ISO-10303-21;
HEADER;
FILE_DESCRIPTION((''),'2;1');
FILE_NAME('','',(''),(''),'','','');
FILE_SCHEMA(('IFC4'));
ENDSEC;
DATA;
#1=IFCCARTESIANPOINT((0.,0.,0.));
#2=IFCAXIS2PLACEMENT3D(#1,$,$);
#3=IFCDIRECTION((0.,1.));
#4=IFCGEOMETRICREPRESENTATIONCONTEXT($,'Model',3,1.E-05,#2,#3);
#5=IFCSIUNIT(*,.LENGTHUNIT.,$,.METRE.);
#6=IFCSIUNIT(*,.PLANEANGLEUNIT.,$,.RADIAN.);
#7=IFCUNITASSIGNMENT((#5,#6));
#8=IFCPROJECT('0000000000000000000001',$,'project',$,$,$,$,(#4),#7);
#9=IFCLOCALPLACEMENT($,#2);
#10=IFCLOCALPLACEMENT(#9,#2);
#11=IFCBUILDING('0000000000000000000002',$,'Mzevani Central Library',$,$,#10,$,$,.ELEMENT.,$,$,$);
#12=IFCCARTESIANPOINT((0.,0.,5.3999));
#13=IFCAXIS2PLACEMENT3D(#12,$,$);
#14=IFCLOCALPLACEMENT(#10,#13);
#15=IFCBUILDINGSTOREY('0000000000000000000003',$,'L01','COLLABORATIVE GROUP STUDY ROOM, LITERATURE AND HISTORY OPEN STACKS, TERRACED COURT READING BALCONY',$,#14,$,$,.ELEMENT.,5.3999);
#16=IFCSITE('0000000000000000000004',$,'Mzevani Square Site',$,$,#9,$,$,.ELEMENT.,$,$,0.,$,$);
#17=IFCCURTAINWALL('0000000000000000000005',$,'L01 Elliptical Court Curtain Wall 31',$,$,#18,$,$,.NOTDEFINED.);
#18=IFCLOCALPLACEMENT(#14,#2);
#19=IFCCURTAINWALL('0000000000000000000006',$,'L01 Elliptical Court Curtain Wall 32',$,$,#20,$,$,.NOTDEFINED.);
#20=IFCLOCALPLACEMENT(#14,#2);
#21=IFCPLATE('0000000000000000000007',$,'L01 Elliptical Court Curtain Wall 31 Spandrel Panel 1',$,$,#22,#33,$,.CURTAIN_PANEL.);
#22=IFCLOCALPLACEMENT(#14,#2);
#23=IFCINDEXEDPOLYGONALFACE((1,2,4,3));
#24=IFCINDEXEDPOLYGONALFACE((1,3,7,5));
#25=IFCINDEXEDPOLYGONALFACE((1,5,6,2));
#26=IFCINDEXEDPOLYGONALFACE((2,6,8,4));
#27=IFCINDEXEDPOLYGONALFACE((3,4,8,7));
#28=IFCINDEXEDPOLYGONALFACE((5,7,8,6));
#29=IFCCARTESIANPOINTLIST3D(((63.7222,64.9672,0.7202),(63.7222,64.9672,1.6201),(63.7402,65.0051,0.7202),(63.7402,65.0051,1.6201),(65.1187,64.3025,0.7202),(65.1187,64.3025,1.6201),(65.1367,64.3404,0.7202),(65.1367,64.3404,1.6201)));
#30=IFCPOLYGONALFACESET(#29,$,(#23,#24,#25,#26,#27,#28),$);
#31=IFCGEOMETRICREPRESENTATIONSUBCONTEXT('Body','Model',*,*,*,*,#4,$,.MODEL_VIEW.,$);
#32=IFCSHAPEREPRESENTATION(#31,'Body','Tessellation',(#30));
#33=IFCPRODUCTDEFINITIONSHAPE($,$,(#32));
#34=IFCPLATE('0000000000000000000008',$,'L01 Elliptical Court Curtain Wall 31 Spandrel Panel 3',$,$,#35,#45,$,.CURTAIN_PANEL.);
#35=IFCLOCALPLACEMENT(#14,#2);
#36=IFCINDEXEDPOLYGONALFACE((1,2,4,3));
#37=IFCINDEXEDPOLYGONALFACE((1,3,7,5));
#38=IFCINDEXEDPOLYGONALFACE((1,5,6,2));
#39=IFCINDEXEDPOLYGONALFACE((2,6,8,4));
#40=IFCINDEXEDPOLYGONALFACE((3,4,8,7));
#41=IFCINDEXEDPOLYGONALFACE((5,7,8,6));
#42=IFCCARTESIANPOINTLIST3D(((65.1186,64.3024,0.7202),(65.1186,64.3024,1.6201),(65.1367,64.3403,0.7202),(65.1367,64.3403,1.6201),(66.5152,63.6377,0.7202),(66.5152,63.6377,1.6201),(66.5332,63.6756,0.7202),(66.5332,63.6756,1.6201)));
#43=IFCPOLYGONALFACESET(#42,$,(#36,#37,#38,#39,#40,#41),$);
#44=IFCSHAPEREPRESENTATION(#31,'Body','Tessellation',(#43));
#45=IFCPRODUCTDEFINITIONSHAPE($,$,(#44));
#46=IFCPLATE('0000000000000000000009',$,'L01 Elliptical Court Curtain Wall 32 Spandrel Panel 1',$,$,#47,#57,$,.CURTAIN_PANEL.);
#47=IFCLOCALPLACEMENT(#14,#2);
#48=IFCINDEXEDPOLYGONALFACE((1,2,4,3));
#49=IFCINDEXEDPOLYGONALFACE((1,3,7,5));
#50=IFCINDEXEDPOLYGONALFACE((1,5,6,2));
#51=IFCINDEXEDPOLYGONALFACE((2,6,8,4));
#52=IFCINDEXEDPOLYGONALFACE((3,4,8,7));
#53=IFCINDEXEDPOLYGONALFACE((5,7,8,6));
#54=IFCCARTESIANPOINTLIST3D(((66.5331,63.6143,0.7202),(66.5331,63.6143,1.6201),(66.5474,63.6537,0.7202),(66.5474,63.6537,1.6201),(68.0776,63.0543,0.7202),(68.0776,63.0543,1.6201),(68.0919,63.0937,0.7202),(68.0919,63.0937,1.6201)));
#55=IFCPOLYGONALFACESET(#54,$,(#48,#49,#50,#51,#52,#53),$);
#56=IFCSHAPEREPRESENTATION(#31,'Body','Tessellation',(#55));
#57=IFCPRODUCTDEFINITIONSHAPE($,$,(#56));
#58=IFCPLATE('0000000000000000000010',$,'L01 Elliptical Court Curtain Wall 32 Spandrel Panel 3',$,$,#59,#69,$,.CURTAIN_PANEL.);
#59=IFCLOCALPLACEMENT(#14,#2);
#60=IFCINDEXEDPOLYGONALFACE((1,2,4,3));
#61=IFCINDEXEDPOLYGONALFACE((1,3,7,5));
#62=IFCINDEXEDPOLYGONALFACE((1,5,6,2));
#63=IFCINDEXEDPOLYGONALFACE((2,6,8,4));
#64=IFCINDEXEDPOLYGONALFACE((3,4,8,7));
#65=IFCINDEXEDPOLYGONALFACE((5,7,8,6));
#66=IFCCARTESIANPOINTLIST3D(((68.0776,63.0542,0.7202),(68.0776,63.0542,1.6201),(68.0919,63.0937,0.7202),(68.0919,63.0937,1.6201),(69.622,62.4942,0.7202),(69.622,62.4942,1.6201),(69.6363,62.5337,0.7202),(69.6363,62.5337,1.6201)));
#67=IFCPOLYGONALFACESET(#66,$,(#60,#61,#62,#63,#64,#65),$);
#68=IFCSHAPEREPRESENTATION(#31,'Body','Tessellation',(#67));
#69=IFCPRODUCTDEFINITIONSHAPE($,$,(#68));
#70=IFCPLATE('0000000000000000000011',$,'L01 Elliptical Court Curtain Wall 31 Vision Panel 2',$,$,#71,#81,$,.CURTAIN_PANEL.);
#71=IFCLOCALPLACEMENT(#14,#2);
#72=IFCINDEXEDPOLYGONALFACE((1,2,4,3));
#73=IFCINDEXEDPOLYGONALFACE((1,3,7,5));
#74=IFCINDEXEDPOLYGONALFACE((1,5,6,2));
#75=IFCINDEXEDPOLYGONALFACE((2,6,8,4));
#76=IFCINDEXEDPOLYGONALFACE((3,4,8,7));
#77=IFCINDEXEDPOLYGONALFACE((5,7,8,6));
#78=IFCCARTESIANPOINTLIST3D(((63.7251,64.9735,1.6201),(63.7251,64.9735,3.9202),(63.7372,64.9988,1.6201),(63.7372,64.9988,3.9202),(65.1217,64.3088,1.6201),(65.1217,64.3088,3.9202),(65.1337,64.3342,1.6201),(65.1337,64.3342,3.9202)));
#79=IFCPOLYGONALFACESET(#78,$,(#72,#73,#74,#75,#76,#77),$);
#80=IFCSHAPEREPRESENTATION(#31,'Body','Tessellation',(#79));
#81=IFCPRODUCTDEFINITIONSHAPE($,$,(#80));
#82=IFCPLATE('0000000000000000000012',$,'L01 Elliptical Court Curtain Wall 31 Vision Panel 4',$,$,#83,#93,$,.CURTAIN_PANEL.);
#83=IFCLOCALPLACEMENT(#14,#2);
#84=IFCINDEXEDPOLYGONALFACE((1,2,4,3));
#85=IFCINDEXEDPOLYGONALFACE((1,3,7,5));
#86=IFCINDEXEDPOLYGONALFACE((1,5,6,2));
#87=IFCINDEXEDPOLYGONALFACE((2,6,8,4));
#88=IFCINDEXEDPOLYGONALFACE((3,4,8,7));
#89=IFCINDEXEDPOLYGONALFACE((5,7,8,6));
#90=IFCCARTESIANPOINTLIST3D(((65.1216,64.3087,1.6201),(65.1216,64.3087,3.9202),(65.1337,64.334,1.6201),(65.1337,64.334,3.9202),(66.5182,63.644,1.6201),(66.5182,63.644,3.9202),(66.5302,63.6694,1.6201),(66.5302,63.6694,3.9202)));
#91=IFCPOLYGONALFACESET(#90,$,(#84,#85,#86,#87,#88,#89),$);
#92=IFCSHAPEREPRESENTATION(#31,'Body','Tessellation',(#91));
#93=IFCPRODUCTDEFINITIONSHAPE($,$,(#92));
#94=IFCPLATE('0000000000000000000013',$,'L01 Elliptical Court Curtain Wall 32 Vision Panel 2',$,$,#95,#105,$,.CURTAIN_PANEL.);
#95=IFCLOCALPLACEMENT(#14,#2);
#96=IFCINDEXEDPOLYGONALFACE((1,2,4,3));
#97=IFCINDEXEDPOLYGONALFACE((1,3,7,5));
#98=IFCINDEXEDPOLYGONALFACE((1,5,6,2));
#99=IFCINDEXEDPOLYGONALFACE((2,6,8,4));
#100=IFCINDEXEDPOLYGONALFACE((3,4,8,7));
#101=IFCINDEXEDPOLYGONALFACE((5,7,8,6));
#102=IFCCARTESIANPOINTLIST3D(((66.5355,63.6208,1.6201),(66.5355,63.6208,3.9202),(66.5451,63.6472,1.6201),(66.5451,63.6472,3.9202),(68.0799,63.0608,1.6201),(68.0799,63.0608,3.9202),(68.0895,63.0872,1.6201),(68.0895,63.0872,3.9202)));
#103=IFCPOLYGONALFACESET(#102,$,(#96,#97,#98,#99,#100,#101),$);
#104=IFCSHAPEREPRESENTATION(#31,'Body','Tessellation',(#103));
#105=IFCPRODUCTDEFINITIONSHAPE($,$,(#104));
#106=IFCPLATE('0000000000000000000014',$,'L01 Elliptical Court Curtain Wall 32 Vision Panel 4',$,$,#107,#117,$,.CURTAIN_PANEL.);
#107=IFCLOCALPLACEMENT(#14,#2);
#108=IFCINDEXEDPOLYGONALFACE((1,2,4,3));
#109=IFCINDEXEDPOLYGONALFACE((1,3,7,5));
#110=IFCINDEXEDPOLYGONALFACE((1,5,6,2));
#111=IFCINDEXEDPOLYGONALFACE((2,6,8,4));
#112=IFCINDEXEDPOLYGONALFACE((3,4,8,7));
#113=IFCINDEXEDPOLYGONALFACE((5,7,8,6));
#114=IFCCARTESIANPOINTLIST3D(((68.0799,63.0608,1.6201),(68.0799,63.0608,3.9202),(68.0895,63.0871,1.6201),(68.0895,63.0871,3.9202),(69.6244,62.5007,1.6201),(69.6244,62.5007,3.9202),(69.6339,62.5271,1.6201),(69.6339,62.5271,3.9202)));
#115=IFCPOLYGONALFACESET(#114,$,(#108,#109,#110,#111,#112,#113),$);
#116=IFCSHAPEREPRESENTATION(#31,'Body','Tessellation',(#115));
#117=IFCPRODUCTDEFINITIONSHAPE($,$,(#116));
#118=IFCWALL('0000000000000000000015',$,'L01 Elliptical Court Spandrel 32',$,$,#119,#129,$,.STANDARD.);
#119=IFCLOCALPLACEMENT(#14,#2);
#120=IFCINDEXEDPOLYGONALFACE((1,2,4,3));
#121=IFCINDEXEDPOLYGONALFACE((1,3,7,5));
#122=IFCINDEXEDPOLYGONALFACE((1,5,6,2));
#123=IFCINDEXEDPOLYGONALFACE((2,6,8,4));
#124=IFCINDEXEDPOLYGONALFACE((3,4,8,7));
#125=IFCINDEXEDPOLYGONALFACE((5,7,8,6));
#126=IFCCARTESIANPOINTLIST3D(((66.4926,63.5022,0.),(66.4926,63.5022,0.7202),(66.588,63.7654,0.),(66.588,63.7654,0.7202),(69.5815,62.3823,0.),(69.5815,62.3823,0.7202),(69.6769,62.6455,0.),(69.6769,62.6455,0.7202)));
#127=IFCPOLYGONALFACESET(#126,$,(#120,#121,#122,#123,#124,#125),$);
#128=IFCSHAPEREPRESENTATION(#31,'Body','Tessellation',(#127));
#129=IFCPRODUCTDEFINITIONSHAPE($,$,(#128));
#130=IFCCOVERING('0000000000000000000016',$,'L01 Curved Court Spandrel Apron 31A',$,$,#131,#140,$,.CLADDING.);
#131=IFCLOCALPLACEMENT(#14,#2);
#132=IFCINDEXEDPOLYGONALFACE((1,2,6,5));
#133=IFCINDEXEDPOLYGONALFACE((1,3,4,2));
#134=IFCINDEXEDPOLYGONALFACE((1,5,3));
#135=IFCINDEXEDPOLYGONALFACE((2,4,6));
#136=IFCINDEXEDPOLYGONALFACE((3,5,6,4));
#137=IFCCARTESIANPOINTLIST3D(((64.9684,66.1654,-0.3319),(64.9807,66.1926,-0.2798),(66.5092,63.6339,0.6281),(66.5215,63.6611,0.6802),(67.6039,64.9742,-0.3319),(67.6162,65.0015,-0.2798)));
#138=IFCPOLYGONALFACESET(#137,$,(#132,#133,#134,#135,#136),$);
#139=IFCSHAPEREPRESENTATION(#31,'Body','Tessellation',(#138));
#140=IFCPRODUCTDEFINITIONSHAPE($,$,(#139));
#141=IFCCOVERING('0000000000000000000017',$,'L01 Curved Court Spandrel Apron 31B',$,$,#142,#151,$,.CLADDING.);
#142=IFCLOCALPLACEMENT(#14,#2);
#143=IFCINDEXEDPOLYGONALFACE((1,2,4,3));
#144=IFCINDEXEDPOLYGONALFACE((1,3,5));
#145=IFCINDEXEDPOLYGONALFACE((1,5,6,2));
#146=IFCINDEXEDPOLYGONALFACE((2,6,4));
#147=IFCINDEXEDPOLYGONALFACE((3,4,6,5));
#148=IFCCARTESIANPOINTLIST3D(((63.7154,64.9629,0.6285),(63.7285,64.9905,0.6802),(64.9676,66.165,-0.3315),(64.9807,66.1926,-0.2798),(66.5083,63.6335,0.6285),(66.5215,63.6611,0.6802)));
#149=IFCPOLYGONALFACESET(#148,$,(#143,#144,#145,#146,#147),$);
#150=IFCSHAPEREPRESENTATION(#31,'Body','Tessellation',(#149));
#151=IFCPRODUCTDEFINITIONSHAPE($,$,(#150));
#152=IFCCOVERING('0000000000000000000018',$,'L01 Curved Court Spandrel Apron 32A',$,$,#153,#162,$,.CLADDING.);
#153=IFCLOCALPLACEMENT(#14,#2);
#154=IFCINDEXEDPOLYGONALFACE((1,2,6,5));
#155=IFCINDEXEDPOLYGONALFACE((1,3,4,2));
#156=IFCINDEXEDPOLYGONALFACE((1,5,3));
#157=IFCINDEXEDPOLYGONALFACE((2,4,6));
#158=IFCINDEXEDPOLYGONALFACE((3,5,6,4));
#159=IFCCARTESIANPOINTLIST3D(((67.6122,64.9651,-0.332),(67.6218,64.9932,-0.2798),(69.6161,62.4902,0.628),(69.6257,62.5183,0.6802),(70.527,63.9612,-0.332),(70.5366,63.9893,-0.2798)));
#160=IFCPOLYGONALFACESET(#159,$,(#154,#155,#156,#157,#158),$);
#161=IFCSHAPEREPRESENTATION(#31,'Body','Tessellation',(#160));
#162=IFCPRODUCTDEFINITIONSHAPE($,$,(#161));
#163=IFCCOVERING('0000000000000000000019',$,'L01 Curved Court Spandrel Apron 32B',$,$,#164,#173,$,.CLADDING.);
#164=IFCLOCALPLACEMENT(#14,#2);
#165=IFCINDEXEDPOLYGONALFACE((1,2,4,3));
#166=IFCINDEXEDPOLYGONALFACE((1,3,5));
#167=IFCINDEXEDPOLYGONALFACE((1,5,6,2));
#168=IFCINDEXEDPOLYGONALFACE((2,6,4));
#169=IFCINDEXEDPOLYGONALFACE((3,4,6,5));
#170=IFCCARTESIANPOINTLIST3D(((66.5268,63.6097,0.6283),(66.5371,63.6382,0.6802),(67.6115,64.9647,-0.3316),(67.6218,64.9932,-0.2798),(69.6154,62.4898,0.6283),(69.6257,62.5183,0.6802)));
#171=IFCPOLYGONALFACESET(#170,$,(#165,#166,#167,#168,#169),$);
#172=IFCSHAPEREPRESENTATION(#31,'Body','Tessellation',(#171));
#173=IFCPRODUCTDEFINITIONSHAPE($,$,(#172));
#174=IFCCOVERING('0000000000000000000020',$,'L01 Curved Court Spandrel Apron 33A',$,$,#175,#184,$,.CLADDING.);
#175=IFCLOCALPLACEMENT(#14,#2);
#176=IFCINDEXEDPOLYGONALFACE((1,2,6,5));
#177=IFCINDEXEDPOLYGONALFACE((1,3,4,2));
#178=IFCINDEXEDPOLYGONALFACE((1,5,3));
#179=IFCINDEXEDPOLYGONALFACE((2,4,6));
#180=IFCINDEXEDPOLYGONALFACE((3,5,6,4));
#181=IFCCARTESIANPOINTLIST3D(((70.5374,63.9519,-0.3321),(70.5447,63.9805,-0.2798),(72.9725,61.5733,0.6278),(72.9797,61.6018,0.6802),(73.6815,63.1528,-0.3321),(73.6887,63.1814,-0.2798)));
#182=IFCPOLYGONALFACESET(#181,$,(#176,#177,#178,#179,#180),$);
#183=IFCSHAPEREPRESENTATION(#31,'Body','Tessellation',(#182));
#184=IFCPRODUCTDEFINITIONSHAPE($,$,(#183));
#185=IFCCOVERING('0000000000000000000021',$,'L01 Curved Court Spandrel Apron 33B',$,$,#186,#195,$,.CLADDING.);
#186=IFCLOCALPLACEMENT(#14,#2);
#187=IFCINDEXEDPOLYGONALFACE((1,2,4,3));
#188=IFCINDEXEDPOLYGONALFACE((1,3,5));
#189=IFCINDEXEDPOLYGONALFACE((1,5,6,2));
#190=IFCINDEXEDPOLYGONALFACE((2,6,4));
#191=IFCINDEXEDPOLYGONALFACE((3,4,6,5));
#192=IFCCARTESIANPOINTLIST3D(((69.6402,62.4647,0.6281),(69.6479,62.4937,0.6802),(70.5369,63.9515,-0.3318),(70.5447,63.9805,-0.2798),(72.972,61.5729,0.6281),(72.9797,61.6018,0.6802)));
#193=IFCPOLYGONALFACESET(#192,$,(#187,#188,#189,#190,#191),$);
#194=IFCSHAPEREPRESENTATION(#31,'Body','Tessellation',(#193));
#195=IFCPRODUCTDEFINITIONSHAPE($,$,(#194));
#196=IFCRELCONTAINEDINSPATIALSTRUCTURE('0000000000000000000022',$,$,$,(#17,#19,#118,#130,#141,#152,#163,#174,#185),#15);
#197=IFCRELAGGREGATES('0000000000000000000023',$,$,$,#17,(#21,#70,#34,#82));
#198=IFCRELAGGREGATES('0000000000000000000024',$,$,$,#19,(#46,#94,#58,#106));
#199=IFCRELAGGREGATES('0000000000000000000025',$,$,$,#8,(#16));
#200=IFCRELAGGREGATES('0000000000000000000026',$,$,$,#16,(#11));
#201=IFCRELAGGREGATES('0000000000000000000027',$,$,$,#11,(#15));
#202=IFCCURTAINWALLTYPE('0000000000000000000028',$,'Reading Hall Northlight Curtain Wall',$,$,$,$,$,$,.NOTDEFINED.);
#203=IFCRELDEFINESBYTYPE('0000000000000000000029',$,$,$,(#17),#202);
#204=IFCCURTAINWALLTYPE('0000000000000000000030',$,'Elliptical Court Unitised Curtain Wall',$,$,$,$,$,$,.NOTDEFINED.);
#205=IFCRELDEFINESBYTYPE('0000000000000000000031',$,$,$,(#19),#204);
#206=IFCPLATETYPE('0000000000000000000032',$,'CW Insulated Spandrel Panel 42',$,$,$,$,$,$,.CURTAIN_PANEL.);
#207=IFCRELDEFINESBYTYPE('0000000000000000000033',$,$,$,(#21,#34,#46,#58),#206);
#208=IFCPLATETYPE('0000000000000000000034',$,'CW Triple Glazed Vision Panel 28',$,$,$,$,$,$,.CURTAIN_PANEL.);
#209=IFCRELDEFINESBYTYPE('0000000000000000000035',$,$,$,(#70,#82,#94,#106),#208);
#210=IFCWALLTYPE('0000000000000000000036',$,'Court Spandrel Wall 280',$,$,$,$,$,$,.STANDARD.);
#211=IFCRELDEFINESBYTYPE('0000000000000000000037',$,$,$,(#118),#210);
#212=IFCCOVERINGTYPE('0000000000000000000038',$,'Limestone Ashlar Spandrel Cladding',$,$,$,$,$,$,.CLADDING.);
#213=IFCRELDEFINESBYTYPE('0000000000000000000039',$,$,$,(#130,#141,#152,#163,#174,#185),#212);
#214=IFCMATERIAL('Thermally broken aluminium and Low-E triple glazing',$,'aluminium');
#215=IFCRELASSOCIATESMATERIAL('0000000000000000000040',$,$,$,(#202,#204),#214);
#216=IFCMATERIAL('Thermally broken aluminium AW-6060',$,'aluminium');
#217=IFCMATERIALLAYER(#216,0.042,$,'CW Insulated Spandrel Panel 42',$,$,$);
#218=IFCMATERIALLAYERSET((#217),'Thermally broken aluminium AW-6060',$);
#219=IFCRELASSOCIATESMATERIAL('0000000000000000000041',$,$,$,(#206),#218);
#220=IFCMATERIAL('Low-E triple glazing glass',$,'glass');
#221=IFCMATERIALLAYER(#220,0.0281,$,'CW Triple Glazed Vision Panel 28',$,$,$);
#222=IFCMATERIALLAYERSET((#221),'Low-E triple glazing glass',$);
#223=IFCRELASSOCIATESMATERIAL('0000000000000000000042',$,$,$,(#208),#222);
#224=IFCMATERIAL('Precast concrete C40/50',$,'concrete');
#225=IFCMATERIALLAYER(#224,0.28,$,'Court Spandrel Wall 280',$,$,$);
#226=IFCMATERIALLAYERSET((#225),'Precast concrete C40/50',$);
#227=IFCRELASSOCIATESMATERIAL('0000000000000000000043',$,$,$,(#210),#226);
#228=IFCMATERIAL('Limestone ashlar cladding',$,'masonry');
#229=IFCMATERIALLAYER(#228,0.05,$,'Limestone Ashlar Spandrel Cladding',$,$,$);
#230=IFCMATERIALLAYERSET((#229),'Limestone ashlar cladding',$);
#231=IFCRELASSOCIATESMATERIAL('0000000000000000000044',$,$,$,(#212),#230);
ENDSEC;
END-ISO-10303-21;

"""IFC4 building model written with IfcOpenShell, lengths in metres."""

from ifc_helpers import new_model, si_unit, direction, frame, frame_2d, origin, origin_2d, place, context, subcontext, project, spatial, polyline, rectangle, outline, extrude, material, layer, layer_set, type_object, element, aggregate, save


model = new_model("IFC4")

# Units and contexts
model_context = context("Model", 3, precision=1e-05, world=origin(), true_north=direction((0.0, 1.0)))
body_context = subcontext(model_context, "Body", "Model", "MODEL_VIEW")
ifc_project = project(units=[si_unit("LENGTHUNIT", "METRE"), si_unit("PLANEANGLEUNIT", "RADIAN")], contexts=[model_context])

# Site, building, storey
site_placement = place(None, origin())
site = spatial("IfcSite", under=ifc_project, at=site_placement, Name="Mzevani Square Site", CompositionType="ELEMENT", RefElevation=0.0)
building_placement = place(site_placement, origin())
building = spatial("IfcBuilding", under=site, at=building_placement, Name="Mzevani Central Library", CompositionType="ELEMENT")
storey_placement = place(building_placement, frame((0.0, 0.0, 5.3999)))
storey = spatial("IfcBuildingStorey", under=building, at=storey_placement, Name="L01", Description="COLLABORATIVE GROUP STUDY ROOM, LITERATURE AND HISTORY OPEN STACKS, TERRACED COURT READING BALCONY", CompositionType="ELEMENT", Elevation=5.3999)

# Curtain walls
ifc_material_1 = material(Name="Thermally broken aluminium and Low-E triple glazing", Category="aluminium")
curtain_wall_type_1 = type_object("IfcCurtainWallType", Name="Reading Hall Northlight Curtain Wall", PredefinedType="NOTDEFINED", material=ifc_material_1)
curtain_wall_1_placement = place(storey_placement, origin())
curtain_wall_1 = element("IfcCurtainWall", 1, at=curtain_wall_1_placement, inside=storey, type_object=curtain_wall_type_1, Name="L01 Elliptical Court Curtain Wall 31", PredefinedType="NOTDEFINED")
ifc_material_2 = material(Name="Thermally broken aluminium AW-6060", Category="aluminium")
curtain_wall_type_2 = type_object("IfcCurtainWallType", Name="Elliptical Court Unitised Curtain Wall", PredefinedType="NOTDEFINED", material=ifc_material_1)
curtain_wall_2_placement = place(storey_placement, origin())
curtain_wall_2 = element("IfcCurtainWall", 2, at=curtain_wall_2_placement, inside=storey, type_object=curtain_wall_type_2, Name="L01 Elliptical Court Curtain Wall 32", PredefinedType="NOTDEFINED")

# Plates
ifc_layer_1 = layer(ifc_material_2, 0.042, Name="CW Insulated Spandrel Panel 42")
ifc_layer_set_1 = layer_set([ifc_layer_1], Name="Thermally broken aluminium AW-6060")
plate_type_1 = type_object("IfcPlateType", Name="CW Insulated Spandrel Panel 42", PredefinedType="CURTAIN_PANEL", material=ifc_layer_set_1)
plate_1_placement = place(storey_placement, frame((64.4294, 64.6538, 0.7202), z_axis=(0.0, 0.0, 1.0), x_axis=(0.902949, -0.429748, 0.0)))
plate_1 = element("IfcPlate", 3, at=plate_1_placement, type_object=plate_type_1, Name="L01 Elliptical Court Curtain Wall 31 Spandrel Panel 1", PredefinedType="CURTAIN_PANEL", context=body_context, shape_type="SweptSolid", body=[
    extrude(rectangle(XDim=1.5466, YDim=0.042, at=origin_2d()), origin(), (0.0, 0.0, 1.0), 0.8999),
])
plate_2_placement = place(storey_placement, frame((65.8259, 63.989, 0.7202), z_axis=(0.0, 0.0, 1.0), x_axis=(0.902949, -0.429748, 0.0)))
plate_2 = element("IfcPlate", 4, at=plate_2_placement, type_object=plate_type_1, Name="L01 Elliptical Court Curtain Wall 31 Spandrel Panel 3", PredefinedType="CURTAIN_PANEL", context=body_context, shape_type="SweptSolid", body=[
    extrude(rectangle(XDim=1.5466, YDim=0.042, at=origin_2d()), origin(), (0.0, 0.0, 1.0), 0.8999),
])
plate_3_placement = place(storey_placement, frame((67.3125, 63.354, 0.7202), z_axis=(0.0, 0.0, 1.0), x_axis=(0.940106, -0.340883, 0.0)))
plate_3 = element("IfcPlate", 5, at=plate_3_placement, type_object=plate_type_1, Name="L01 Elliptical Court Curtain Wall 32 Spandrel Panel 1", PredefinedType="CURTAIN_PANEL", context=body_context, shape_type="SweptSolid", body=[
    extrude(rectangle(XDim=1.6428, YDim=0.042, at=origin_2d()), origin(), (0.0, 0.0, 1.0), 0.8999),
])
plate_4_placement = place(storey_placement, frame((68.8569, 62.7939, 0.7202), z_axis=(0.0, 0.0, 1.0), x_axis=(0.940106, -0.340883, 0.0)))
plate_4 = element("IfcPlate", 6, at=plate_4_placement, type_object=plate_type_1, Name="L01 Elliptical Court Curtain Wall 32 Spandrel Panel 3", PredefinedType="CURTAIN_PANEL", context=body_context, shape_type="SweptSolid", body=[
    extrude(rectangle(XDim=1.6428, YDim=0.042, at=origin_2d()), origin(), (0.0, 0.0, 1.0), 0.8999),
])
ifc_material_3 = material(Name="Low-E triple glazing glass", Category="glass")
ifc_layer_2 = layer(ifc_material_3, 0.0281, Name="CW Triple Glazed Vision Panel 28")
ifc_layer_set_2 = layer_set([ifc_layer_2], Name="Low-E triple glazing glass")
plate_type_2 = type_object("IfcPlateType", Name="CW Triple Glazed Vision Panel 28", PredefinedType="CURTAIN_PANEL", material=ifc_layer_set_2)
plate_5_placement = place(storey_placement, frame((64.4294, 64.6538, 1.6201), z_axis=(0.0, 0.0, 1.0), x_axis=(0.902949, -0.429748, 0.0)))
plate_5 = element("IfcPlate", 7, at=plate_5_placement, type_object=plate_type_2, Name="L01 Elliptical Court Curtain Wall 31 Vision Panel 2", PredefinedType="CURTAIN_PANEL", context=body_context, shape_type="SweptSolid", body=[
    extrude(rectangle(XDim=1.5466, YDim=0.0281, at=origin_2d()), origin(), (0.0, 0.0, 1.0), 2.3),
])
plate_6_placement = place(storey_placement, frame((65.8259, 63.989, 1.6201), z_axis=(0.0, 0.0, 1.0), x_axis=(0.902949, -0.429748, 0.0)))
plate_6 = element("IfcPlate", 8, at=plate_6_placement, type_object=plate_type_2, Name="L01 Elliptical Court Curtain Wall 31 Vision Panel 4", PredefinedType="CURTAIN_PANEL", context=body_context, shape_type="SweptSolid", body=[
    extrude(rectangle(XDim=1.5466, YDim=0.0281, at=origin_2d()), origin(), (0.0, 0.0, 1.0), 2.3),
])
aggregate(curtain_wall_1, [plate_1, plate_5, plate_2, plate_6])
plate_7_placement = place(storey_placement, frame((67.3125, 63.354, 1.6201), z_axis=(0.0, 0.0, 1.0), x_axis=(0.940106, -0.340883, 0.0)))
plate_7 = element("IfcPlate", 9, at=plate_7_placement, type_object=plate_type_2, Name="L01 Elliptical Court Curtain Wall 32 Vision Panel 2", PredefinedType="CURTAIN_PANEL", context=body_context, shape_type="SweptSolid", body=[
    extrude(rectangle(XDim=1.6428, YDim=0.0281, at=origin_2d()), origin(), (0.0, 0.0, 1.0), 2.3),
])
plate_8_placement = place(storey_placement, frame((68.8569, 62.7939, 1.6201), z_axis=(0.0, 0.0, 1.0), x_axis=(0.940106, -0.340883, 0.0)))
plate_8 = element("IfcPlate", 10, at=plate_8_placement, type_object=plate_type_2, Name="L01 Elliptical Court Curtain Wall 32 Vision Panel 4", PredefinedType="CURTAIN_PANEL", context=body_context, shape_type="SweptSolid", body=[
    extrude(rectangle(XDim=1.6428, YDim=0.0281, at=origin_2d()), origin(), (0.0, 0.0, 1.0), 2.3),
])
aggregate(curtain_wall_2, [plate_3, plate_7, plate_4, plate_8])

# Wall
ifc_material_4 = material(Name="Precast concrete C40/50", Category="concrete")
ifc_layer_3 = layer(ifc_material_4, 0.28, Name="Court Spandrel Wall 280")
ifc_layer_set_3 = layer_set([ifc_layer_3], Name="Precast concrete C40/50")
wall_type = type_object("IfcWallType", Name="Court Spandrel Wall 280", PredefinedType="STANDARD", material=ifc_layer_set_3)
wall_placement = place(storey_placement, frame((66.5403, 63.6338, 0.0), z_axis=(0.0, 0.0, 1.0), x_axis=(0.940121, -0.340842, 0.0)))
element("IfcWall", 11, at=wall_placement, inside=storey, type_object=wall_type, Name="L01 Elliptical Court Spandrel 32", PredefinedType="STANDARD", context=body_context, shape_type="SweptSolid", body=[
    extrude(rectangle(XDim=3.2856, YDim=0.28, at=frame_2d((1.6428, 0.0))), origin(), (0.0, 0.0, 1.0), 0.7202),
])

# Coverings
ifc_material_5 = material(Name="Limestone ashlar cladding", Category="masonry")
ifc_layer_4 = layer(ifc_material_5, 0.05, Name="Limestone Ashlar Spandrel Cladding")
ifc_layer_set_4 = layer_set([ifc_layer_4], Name="Limestone ashlar cladding")
covering_type = type_object("IfcCoveringType", Name="Limestone Ashlar Spandrel Cladding", PredefinedType="CLADDING", material=ifc_layer_set_4)
covering_1_placement = place(storey_placement, frame((64.9807, 66.1926, -0.2798), z_axis=(0.205045, 0.45367, 0.86726), x_axis=(0.911249, -0.411856, 0.0)))
element("IfcCovering", 12, at=covering_1_placement, inside=storey, type_object=covering_type, Name="L01 Curved Court Spandrel Apron 31A", PredefinedType="CLADDING", context=body_context, shape_type="SweptSolid", body=[
    extrude(outline(polyline([(0.0, 0.0), (2.8922, 0.0), (2.4466, -1.9282), (0.0, 0.0)])), origin(), (0.0, 0.0, -1.0), 0.0601),
])
covering_2_placement = place(storey_placement, frame((64.9807, 66.1926, -0.2798), z_axis=(0.218727, 0.459547, 0.860799), x_axis=(0.494611, -0.812648, 0.308162)))
element("IfcCovering", 13, at=covering_2_placement, inside=storey, type_object=covering_type, Name="L01 Curved Court Spandrel Apron 31B", PredefinedType="CLADDING", context=body_context, shape_type="SweptSolid", body=[
    extrude(outline(polyline([(0.0, 0.0), (3.1151, 0.0), (0.6534, -1.8729), (0.0, 0.0)])), origin(), (0.0, 0.0, -1.0), 0.0601),
])
covering_3_placement = place(storey_placement, frame((67.6218, 64.9932, -0.2798), z_axis=(0.161025, 0.467529, 0.869188), x_axis=(0.945492, -0.325644, 0.0)))
element("IfcCovering", 14, at=covering_3_placement, inside=storey, type_object=covering_type, Name="L01 Curved Court Spandrel Apron 32A", PredefinedType="CLADDING", context=body_context, shape_type="SweptSolid", body=[
    extrude(outline(polyline([(0.0, 0.0), (3.0828, 0.0), (2.7006, -1.9413), (0.0, 0.0)])), origin(), (0.0, 0.0, -1.0), 0.0601),
])
covering_4_placement = place(storey_placement, frame((67.6218, 64.9932, -0.2798), z_axis=(0.171914, 0.47414, 0.863503), x_axis=(0.602503, -0.7441, 0.288626)))
element("IfcCovering", 15, at=covering_4_placement, inside=storey, type_object=covering_type, Name="L01 Curved Court Spandrel Apron 32B", PredefinedType="CLADDING", context=body_context, shape_type="SweptSolid", body=[
    extrude(outline(polyline([(0.0, 0.0), (3.326, 0.0), (0.6318, -1.8802), (0.0, 0.0)])), origin(), (0.0, 0.0, -1.0), 0.0601),
])
covering_5_placement = place(storey_placement, frame((70.5447, 63.9805, -0.2798), z_axis=(0.120819, 0.475375, 0.871448), x_axis=(0.969188, -0.246323, 0.0)))
element("IfcCovering", 16, at=covering_5_placement, inside=storey, type_object=covering_type, Name="L01 Curved Court Spandrel Apron 33A", PredefinedType="CLADDING", context=body_context, shape_type="SweptSolid", body=[
    extrude(outline(polyline([(0.0, 0.0), (3.244, 0.0), (2.9459, -1.9572), (0.0, 0.0)])), origin(), (0.0, 0.0, -1.0), 0.0601),
])
covering_6_placement = place(storey_placement, frame((70.5447, 63.9805, -0.2798), z_axis=(0.128972, 0.481817, 0.866729), x_axis=(0.688489, -0.672543, 0.27142)))
element("IfcCovering", 17, at=covering_6_placement, inside=storey, type_object=covering_type, Name="L01 Curved Court Spandrel Apron 33B", PredefinedType="CLADDING", context=body_context, shape_type="SweptSolid", body=[
    extrude(outline(polyline([(0.0, 0.0), (3.5368, 0.0), (0.6431, -1.8769), (0.0, 0.0)])), origin(), (0.0, 0.0, -1.0), 0.0601),
])

save(model, "model.ifc")
